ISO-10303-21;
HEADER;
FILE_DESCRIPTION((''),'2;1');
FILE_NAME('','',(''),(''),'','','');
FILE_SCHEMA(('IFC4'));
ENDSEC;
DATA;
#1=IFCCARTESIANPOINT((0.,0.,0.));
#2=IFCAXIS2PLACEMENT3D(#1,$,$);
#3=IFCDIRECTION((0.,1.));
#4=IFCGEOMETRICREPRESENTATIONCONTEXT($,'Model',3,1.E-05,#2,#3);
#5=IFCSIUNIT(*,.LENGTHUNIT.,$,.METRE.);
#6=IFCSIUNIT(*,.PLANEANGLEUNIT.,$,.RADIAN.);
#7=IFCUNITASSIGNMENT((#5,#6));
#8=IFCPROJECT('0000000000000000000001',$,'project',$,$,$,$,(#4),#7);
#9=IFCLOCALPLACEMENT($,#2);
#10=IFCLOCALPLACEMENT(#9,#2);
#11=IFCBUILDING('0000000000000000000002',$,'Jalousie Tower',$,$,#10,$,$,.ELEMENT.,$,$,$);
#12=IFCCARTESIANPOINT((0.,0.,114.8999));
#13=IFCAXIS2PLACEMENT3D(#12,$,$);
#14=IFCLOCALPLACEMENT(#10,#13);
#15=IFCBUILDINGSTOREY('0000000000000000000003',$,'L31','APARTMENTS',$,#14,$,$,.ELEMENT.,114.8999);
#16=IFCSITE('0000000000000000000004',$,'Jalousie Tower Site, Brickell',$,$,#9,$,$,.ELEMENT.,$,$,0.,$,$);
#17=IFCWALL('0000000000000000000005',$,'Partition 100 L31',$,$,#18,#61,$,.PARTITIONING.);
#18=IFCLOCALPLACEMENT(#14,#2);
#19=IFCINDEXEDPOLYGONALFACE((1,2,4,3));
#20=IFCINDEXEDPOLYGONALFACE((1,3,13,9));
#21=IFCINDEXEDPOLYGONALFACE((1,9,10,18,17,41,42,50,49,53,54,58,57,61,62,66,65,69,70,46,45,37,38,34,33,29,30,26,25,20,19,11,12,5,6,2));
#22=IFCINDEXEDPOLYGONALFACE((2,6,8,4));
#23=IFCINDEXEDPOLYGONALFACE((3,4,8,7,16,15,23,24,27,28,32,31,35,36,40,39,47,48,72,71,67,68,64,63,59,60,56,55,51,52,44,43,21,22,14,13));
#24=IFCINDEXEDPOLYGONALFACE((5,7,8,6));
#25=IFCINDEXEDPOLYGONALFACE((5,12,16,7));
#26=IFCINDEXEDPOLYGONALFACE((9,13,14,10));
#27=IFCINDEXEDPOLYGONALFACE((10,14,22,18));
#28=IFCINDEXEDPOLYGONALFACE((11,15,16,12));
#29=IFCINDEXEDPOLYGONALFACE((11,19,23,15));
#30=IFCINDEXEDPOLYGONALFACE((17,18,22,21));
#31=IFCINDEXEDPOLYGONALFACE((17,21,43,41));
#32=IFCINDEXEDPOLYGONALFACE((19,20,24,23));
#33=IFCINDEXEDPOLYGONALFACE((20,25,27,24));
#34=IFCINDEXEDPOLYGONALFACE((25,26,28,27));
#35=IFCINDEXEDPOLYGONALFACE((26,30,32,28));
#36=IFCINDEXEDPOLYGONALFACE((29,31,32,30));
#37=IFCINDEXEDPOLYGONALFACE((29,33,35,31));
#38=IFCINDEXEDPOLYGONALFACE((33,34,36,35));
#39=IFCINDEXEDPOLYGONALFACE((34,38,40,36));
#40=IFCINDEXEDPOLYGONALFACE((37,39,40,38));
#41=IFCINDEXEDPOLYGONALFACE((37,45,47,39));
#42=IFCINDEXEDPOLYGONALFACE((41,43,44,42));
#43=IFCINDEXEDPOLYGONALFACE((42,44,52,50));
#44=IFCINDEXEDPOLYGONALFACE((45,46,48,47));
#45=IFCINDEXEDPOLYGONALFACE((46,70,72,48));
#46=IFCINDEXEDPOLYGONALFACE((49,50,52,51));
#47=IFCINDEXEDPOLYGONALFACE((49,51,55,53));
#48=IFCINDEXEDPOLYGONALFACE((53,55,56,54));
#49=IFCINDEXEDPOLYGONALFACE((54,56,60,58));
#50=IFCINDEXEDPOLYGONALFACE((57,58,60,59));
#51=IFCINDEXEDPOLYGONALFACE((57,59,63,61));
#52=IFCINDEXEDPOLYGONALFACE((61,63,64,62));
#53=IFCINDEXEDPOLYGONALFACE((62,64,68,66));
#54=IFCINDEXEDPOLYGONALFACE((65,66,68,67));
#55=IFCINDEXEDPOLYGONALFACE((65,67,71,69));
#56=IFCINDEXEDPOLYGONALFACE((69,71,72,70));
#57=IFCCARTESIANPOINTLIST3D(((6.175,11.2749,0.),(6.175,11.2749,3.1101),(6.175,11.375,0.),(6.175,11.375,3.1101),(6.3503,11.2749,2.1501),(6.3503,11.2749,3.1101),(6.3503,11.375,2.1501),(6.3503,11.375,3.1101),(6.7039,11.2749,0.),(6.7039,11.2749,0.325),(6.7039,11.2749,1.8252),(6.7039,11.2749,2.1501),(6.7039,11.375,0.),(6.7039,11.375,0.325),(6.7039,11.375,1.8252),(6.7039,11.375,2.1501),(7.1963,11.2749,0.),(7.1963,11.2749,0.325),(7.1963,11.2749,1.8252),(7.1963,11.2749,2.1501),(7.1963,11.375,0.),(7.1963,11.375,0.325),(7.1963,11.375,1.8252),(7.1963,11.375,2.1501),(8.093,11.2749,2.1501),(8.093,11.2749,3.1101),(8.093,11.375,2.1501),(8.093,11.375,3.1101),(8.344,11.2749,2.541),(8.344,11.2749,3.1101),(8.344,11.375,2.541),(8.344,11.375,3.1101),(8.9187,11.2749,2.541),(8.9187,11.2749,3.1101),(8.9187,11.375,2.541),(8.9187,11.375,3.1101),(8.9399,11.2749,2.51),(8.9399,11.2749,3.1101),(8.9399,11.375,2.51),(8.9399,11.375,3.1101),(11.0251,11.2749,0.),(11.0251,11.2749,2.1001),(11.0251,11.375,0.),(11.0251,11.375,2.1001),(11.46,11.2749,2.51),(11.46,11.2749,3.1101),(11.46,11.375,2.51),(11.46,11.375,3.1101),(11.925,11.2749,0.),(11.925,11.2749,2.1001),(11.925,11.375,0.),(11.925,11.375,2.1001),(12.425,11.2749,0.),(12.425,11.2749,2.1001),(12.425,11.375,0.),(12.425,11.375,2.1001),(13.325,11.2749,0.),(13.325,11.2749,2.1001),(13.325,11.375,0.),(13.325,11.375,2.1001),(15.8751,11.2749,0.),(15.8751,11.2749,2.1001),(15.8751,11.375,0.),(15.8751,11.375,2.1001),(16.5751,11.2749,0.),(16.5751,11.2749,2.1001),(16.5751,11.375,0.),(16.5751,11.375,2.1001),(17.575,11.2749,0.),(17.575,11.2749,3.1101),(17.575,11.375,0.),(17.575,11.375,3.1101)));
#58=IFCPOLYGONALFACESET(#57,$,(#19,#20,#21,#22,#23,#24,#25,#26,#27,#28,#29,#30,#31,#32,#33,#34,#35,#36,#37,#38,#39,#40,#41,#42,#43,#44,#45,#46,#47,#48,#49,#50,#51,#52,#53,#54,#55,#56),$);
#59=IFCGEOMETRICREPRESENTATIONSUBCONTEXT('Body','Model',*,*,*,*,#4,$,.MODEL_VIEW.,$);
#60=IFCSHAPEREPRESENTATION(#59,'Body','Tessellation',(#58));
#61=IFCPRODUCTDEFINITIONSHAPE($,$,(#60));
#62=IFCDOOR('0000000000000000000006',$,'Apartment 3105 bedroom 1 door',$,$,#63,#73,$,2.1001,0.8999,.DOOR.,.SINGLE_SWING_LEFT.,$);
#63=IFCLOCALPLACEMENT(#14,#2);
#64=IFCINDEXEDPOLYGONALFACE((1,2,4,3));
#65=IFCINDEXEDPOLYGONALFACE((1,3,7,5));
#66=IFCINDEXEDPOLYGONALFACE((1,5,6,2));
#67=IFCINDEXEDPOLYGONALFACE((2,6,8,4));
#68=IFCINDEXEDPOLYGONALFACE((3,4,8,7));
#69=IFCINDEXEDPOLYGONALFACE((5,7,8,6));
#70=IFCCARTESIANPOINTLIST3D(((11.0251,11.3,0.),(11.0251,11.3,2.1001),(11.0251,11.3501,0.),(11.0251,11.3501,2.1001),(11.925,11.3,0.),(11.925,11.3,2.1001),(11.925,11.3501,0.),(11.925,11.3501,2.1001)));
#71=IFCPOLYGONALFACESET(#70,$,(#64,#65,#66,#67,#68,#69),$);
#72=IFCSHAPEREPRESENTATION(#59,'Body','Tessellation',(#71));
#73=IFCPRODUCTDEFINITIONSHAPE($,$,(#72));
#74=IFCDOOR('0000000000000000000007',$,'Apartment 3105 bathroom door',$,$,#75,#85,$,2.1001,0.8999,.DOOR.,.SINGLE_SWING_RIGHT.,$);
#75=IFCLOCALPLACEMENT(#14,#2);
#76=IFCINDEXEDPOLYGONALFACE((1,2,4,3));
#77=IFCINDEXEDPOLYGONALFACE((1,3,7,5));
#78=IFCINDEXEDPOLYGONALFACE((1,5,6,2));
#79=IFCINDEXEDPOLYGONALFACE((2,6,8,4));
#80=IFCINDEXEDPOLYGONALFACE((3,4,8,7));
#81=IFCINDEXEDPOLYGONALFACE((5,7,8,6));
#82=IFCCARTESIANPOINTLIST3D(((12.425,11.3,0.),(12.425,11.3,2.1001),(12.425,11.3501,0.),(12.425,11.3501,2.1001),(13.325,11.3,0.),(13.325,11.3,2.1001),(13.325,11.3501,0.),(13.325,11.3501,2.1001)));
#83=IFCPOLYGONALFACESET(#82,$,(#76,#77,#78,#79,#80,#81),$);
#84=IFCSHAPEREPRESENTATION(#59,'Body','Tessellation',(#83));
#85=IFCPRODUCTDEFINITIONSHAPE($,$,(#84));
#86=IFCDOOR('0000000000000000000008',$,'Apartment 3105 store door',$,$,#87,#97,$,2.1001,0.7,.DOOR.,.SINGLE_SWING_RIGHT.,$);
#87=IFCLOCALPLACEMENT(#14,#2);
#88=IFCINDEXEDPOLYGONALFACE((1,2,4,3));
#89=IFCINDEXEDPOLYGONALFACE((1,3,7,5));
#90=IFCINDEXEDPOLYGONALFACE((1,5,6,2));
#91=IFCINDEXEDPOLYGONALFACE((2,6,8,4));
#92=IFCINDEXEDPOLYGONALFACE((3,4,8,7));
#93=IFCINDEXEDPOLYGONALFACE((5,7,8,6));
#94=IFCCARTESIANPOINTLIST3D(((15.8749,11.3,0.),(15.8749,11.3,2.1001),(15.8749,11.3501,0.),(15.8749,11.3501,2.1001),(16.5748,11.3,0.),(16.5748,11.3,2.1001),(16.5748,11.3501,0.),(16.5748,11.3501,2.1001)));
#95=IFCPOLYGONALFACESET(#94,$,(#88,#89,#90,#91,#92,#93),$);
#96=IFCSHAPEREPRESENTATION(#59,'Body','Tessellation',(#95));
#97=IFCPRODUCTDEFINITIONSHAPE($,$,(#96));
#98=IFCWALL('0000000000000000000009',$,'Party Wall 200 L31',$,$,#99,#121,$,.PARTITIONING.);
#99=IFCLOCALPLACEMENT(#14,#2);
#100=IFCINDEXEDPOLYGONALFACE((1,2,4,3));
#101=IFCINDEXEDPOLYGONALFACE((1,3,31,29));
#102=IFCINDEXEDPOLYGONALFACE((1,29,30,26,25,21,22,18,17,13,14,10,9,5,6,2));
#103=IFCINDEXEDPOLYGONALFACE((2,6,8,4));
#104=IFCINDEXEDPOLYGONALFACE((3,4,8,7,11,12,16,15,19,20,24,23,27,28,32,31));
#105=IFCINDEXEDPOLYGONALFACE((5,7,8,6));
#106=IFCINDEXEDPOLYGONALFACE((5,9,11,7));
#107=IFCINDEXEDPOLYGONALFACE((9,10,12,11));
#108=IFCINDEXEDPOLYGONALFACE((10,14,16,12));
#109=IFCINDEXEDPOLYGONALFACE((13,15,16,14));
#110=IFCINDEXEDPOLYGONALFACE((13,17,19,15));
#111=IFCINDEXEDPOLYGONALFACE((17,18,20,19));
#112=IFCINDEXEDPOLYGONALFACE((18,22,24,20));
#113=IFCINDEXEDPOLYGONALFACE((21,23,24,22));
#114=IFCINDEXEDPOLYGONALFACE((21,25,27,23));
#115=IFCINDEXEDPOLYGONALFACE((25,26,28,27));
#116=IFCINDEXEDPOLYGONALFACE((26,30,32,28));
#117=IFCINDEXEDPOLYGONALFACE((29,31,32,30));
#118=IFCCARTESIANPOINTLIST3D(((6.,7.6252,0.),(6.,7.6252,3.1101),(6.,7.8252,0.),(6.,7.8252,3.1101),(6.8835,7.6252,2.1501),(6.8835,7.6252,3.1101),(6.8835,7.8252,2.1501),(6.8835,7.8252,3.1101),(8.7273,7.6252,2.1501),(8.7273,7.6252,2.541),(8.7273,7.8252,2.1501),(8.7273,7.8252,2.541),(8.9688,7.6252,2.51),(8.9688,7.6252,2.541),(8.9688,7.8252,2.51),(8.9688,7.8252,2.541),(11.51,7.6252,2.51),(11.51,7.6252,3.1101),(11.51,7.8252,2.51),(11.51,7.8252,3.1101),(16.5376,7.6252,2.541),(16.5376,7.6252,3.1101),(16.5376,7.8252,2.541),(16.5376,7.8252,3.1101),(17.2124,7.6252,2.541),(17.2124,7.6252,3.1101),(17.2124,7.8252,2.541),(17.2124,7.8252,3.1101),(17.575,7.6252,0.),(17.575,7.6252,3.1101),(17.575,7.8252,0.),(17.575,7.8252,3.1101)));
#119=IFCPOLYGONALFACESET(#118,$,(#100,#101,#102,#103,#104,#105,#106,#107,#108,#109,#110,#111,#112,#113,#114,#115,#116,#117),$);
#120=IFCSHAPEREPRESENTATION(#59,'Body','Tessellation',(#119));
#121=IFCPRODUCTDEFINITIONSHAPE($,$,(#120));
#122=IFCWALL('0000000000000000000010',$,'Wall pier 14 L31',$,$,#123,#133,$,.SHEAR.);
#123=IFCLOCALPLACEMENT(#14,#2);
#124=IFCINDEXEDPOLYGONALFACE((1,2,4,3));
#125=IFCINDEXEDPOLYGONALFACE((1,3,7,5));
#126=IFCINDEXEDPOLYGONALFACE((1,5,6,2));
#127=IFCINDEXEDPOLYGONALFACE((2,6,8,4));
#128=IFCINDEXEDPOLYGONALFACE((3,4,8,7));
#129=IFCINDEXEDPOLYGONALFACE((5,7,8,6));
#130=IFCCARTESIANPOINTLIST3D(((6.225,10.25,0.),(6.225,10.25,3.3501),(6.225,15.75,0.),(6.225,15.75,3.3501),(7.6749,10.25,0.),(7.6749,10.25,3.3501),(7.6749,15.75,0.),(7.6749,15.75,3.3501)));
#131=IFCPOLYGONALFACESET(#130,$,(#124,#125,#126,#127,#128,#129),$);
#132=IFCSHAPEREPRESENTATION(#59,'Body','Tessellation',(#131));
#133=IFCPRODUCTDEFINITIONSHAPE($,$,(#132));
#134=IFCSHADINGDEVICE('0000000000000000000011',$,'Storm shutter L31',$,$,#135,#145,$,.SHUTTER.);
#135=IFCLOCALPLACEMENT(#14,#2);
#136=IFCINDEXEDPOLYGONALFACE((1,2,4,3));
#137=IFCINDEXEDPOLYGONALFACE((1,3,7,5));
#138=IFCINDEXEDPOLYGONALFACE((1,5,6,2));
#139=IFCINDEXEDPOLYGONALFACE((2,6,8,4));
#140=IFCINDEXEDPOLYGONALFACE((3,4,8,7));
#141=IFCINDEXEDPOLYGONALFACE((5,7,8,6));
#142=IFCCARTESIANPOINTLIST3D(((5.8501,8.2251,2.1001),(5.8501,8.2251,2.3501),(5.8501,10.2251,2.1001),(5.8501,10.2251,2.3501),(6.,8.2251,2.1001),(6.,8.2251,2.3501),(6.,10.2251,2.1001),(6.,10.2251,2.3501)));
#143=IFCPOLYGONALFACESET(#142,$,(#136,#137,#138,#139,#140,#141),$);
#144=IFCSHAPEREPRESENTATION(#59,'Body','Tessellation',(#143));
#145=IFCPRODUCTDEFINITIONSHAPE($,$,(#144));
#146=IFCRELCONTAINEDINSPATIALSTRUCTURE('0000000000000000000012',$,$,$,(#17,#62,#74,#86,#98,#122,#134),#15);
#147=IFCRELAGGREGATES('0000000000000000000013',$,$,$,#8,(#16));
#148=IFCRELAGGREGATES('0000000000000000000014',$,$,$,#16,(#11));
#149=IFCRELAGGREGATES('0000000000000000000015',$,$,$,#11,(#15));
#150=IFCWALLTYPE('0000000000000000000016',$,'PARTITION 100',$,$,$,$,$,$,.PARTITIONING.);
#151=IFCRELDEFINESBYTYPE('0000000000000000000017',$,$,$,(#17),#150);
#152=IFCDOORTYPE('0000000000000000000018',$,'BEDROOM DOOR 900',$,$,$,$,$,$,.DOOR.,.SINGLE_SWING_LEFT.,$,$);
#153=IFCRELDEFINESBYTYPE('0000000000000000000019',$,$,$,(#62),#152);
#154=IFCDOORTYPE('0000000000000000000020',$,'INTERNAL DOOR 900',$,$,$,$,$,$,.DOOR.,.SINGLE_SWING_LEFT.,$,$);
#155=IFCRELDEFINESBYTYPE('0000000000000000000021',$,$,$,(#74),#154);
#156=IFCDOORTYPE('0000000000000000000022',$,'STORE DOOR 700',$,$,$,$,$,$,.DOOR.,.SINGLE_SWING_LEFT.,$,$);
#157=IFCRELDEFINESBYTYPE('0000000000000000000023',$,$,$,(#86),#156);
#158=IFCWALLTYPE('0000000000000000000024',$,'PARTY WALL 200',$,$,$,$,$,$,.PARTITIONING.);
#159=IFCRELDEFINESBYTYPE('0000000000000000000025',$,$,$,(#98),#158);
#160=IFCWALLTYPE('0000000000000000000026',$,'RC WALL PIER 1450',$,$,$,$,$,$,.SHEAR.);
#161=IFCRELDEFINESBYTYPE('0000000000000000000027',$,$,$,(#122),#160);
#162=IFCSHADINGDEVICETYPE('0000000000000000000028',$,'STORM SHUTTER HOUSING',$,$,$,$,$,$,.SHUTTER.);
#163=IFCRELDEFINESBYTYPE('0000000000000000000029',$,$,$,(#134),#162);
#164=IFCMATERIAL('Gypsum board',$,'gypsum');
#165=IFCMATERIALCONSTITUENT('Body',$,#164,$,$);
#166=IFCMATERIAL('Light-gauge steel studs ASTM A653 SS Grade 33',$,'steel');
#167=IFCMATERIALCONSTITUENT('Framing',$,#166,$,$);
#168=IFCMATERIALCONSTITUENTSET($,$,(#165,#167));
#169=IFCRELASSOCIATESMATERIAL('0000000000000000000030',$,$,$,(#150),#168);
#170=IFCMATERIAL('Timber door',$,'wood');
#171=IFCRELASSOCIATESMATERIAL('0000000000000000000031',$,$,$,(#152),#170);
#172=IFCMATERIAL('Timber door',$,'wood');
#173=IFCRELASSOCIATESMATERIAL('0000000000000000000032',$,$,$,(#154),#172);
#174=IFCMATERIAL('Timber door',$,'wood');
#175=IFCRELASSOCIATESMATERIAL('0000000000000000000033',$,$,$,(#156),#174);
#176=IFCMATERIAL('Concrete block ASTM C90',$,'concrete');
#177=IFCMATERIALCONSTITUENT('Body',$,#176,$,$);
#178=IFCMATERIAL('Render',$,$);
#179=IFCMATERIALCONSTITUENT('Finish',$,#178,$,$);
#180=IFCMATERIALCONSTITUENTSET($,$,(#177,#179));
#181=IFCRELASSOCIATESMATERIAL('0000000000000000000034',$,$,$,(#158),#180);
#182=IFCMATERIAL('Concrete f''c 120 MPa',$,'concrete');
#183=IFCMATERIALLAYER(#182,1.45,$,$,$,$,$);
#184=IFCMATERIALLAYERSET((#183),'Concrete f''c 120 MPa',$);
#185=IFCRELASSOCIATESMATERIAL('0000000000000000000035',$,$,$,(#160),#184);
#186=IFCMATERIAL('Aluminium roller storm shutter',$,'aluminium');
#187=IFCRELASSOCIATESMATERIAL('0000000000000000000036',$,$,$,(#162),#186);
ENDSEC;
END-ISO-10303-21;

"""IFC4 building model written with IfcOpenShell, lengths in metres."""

from ifc_helpers import new_model, si_unit, direction, frame, frame_2d, origin, origin_2d, place, context, subcontext, project, spatial, polyline, rectangle, outline, extrude, material, layer, layer_set, constituent, constituent_set, type_object, element, fill, save


model = new_model("IFC4")

# Units and contexts
model_context = context("Model", 3, precision=1e-05, world=origin(), true_north=direction((0.0, 1.0)))
body_context = subcontext(model_context, "Body", "Model", "MODEL_VIEW")
ifc_project = project(units=[si_unit("LENGTHUNIT", "METRE"), si_unit("PLANEANGLEUNIT", "RADIAN")], contexts=[model_context])

# Site, building, storey
site_placement = place(None, origin())
site = spatial("IfcSite", under=ifc_project, at=site_placement, Name="Jalousie Tower Site, Brickell", CompositionType="ELEMENT", RefElevation=0.0)
building_placement = place(site_placement, origin())
building = spatial("IfcBuilding", under=site, at=building_placement, Name="Jalousie Tower", CompositionType="ELEMENT")
storey_placement = place(building_placement, frame((0.0, 0.0, 114.8999)))
storey = spatial("IfcBuildingStorey", under=building, at=storey_placement, Name="L31", Description="APARTMENTS", CompositionType="ELEMENT", Elevation=114.8999)

# Shared definitions
ifc_material_1 = material(Name="Gypsum board", Category="gypsum")
ifc_constituent_1 = constituent(ifc_material_1, Name="Body")
ifc_material_2 = material(Name="Light-gauge steel studs ASTM A653 SS Grade 33", Category="steel")
ifc_constituent_2 = constituent(ifc_material_2, Name="Framing")
ifc_constituent_set_1 = constituent_set(constituents=[ifc_constituent_1, ifc_constituent_2])
wall_type_1 = type_object("IfcWallType", Name="PARTITION 100", PredefinedType="PARTITIONING", material=ifc_constituent_set_1)

# Wall, openings, doors
wall_1_placement = place(storey_placement, frame((6.175, 11.325, 0.0), z_axis=(0.0, 0.0, 1.0), x_axis=(1.0, 0.0, 0.0)))
wall_1 = element("IfcWall", 1, at=wall_1_placement, inside=storey, type_object=wall_type_1, Name="Partition 100 L31", PredefinedType="PARTITIONING", context=body_context, shape_type="SweptSolid", body=[
    extrude(outline(polyline([(0.1753, 3.1101), (0.0, 3.1101), (0.0, 0.0), (0.5288, 0.0), (0.5288, 0.325), (1.0212, 0.325), (1.0212, 0.0), (11.3999, 0.0), (11.3999, 3.1101), (5.2849, 3.1101), (5.2849, 2.51), (2.7649, 2.51), (2.7649, 3.1101), (2.7437, 3.1101), (2.7437, 2.541), (2.1689, 2.541), (2.1689, 3.1101), (1.918, 3.1101), (1.918, 2.1501), (1.0212, 2.1501), (1.0212, 1.8252), (0.5288, 1.8252), (0.5288, 2.1501), (0.1753, 2.1501), (0.1753, 3.1101)])), frame((0.0, 0.05, 0.0), z_axis=(0.0, -1.0, 0.0), x_axis=(1.0, 0.0, 0.0)), (0.0, 0.0, 1.0), 0.1001),
])
opening_1_placement = place(wall_1_placement, frame((4.8501, 0.0, 0.0)))
opening_1 = element("IfcOpeningElement", 2, at=opening_1_placement, cuts=wall_1, PredefinedType="OPENING", context=body_context, shape_type="SweptSolid", body=[
    extrude(rectangle(XDim=0.8999, YDim=2.1001, at=frame_2d((0.45, 1.05))), frame((0.0, 0.0601, 0.0), z_axis=(0.0, -1.0, 0.0), x_axis=(1.0, 0.0, 0.0)), (0.0, 0.0, 1.0), 0.1201),
])
opening_2_placement = place(wall_1_placement, frame((6.25, 0.0, 0.0)))
opening_2 = element("IfcOpeningElement", 3, at=opening_2_placement, cuts=wall_1, PredefinedType="OPENING", context=body_context, shape_type="SweptSolid", body=[
    extrude(rectangle(XDim=0.8999, YDim=2.1001, at=frame_2d((0.45, 1.05))), frame((0.0, 0.0601, 0.0), z_axis=(0.0, -1.0, 0.0), x_axis=(1.0, 0.0, 0.0)), (0.0, 0.0, 1.0), 0.1201),
])
opening_3_placement = place(wall_1_placement, frame((9.7, 0.0, 0.0)))
opening_3 = element("IfcOpeningElement", 4, at=opening_3_placement, cuts=wall_1, PredefinedType="OPENING", context=body_context, shape_type="SweptSolid", body=[
    extrude(rectangle(XDim=0.7, YDim=2.1001, at=frame_2d((0.3501, 1.05))), frame((0.0, 0.0601, 0.0), z_axis=(0.0, -1.0, 0.0), x_axis=(1.0, 0.0, 0.0)), (0.0, 0.0, 1.0), 0.1201),
])
ifc_material_3 = material(Name="Timber door", Category="wood")
door_type_1 = type_object("IfcDoorType", Name="BEDROOM DOOR 900", OperationType="SINGLE_SWING_LEFT", PredefinedType="DOOR", material=ifc_material_3)
door_1_placement = place(opening_1_placement, frame((0.8999, 0.0, 0.0), z_axis=(0.0, 0.0, 1.0), x_axis=(-1.0, 0.0, 0.0)))
door_1 = element("IfcDoor", 5, at=door_1_placement, inside=storey, type_object=door_type_1, Name="Apartment 3105 bedroom 1 door", OperationType="SINGLE_SWING_LEFT", OverallHeight=2.1001, OverallWidth=0.8999, PredefinedType="DOOR", context=body_context, shape_type="SweptSolid", body=[
    extrude(rectangle(XDim=0.8999, YDim=2.1001, at=frame_2d((0.45, 1.05))), frame((0.0, 0.0249, 0.0), z_axis=(0.0, -1.0, 0.0), x_axis=(1.0, 0.0, 0.0)), (0.0, 0.0, 1.0), 0.05),
])
fill(opening_1, door_1)
ifc_material_4 = material(Name="Timber door", Category="wood")
door_type_2 = type_object("IfcDoorType", Name="INTERNAL DOOR 900", OperationType="SINGLE_SWING_LEFT", PredefinedType="DOOR", material=ifc_material_4)
door_2_placement = place(opening_2_placement, frame((0.8999, 0.0, 0.0), z_axis=(0.0, 0.0, 1.0), x_axis=(-1.0, 0.0, 0.0)))
door_2 = element("IfcDoor", 6, at=door_2_placement, inside=storey, type_object=door_type_2, Name="Apartment 3105 bathroom door", OperationType="SINGLE_SWING_RIGHT", OverallHeight=2.1001, OverallWidth=0.8999, PredefinedType="DOOR", context=body_context, shape_type="SweptSolid", body=[
    extrude(rectangle(XDim=0.8999, YDim=2.1001, at=frame_2d((0.45, 1.05))), frame((0.0, 0.0249, 0.0), z_axis=(0.0, -1.0, 0.0), x_axis=(1.0, 0.0, 0.0)), (0.0, 0.0, 1.0), 0.05),
])
fill(opening_2, door_2)
ifc_material_5 = material(Name="Timber door", Category="wood")
door_type_3 = type_object("IfcDoorType", Name="STORE DOOR 700", OperationType="SINGLE_SWING_LEFT", PredefinedType="DOOR", material=ifc_material_5)
door_3_placement = place(opening_3_placement, frame((0.7, 0.0, 0.0), z_axis=(0.0, 0.0, 1.0), x_axis=(-1.0, 0.0, 0.0)))
door_3 = element("IfcDoor", 7, at=door_3_placement, inside=storey, type_object=door_type_3, Name="Apartment 3105 store door", OperationType="SINGLE_SWING_RIGHT", OverallHeight=2.1001, OverallWidth=0.7, PredefinedType="DOOR", context=body_context, shape_type="SweptSolid", body=[
    extrude(rectangle(XDim=0.7, YDim=2.1001, at=frame_2d((0.3501, 1.05))), frame((0.0, 0.0249, 0.0), z_axis=(0.0, -1.0, 0.0), x_axis=(1.0, 0.0, 0.0)), (0.0, 0.0, 1.0), 0.05),
])
fill(opening_3, door_3)

# Walls
ifc_material_6 = material(Name="Concrete block ASTM C90", Category="concrete")
ifc_constituent_3 = constituent(ifc_material_6, Name="Body")
ifc_material_7 = material(Name="Render")
ifc_constituent_4 = constituent(ifc_material_7, Name="Finish")
ifc_constituent_set_2 = constituent_set(constituents=[ifc_constituent_3, ifc_constituent_4])
wall_type_2 = type_object("IfcWallType", Name="PARTY WALL 200", PredefinedType="PARTITIONING", material=ifc_constituent_set_2)
wall_2_placement = place(storey_placement, frame((6.0, 7.7251, 0.0), z_axis=(0.0, 0.0, 1.0), x_axis=(1.0, 0.0, 0.0)))
element("IfcWall", 8, at=wall_2_placement, inside=storey, type_object=wall_type_2, Name="Party Wall 200 L31", PredefinedType="PARTITIONING", context=body_context, shape_type="SweptSolid", body=[
    extrude(outline(polyline([(0.0, 0.0), (11.575, 0.0), (11.575, 3.1101), (11.2124, 3.1101), (11.2124, 2.541), (10.5376, 2.541), (10.5376, 3.1101), (5.51, 3.1101), (5.51, 2.51), (2.9688, 2.51), (2.9688, 2.541), (2.7273, 2.541), (2.7273, 2.1501), (0.8835, 2.1501), (0.8835, 3.1101), (0.0, 3.1101), (0.0, 0.0)])), frame((0.0, 0.1001, 0.0), z_axis=(0.0, -1.0, 0.0), x_axis=(1.0, 0.0, 0.0)), (0.0, 0.0, 1.0), 0.2),
])
ifc_material_8 = material(Name="Concrete f'c 120 MPa", Category="concrete")
ifc_layer_1 = layer(ifc_material_8, 1.45)
ifc_layer_set_1 = layer_set([ifc_layer_1], Name="Concrete f'c 120 MPa")
wall_type_3 = type_object("IfcWallType", Name="RC WALL PIER 1450", PredefinedType="SHEAR", material=ifc_layer_set_1)
wall_3_placement = place(storey_placement, frame((6.95, 10.25, 0.0), z_axis=(0.0, 0.0, 1.0), x_axis=(0.0, 1.0, 0.0)))
element("IfcWall", 9, at=wall_3_placement, inside=storey, type_object=wall_type_3, Name="Wall pier 14 L31", PredefinedType="SHEAR", context=body_context, shape_type="SweptSolid", body=[
    extrude(rectangle(XDim=5.5, YDim=1.45, at=frame_2d((2.75, 0.0))), origin(), (0.0, 0.0, 1.0), 3.3501),
])

# Shading device
ifc_material_9 = material(Name="Aluminium roller storm shutter", Category="aluminium")
shading_device_type = type_object("IfcShadingDeviceType", Name="STORM SHUTTER HOUSING", PredefinedType="SHUTTER", material=ifc_material_9)
shading_device_placement = place(storey_placement, frame((5.925, 9.2251, 2.1001), z_axis=(0.0, 0.0, 1.0), x_axis=(0.0, -1.0, 0.0)))
element("IfcShadingDevice", 10, at=shading_device_placement, inside=storey, type_object=shading_device_type, Name="Storm shutter L31", PredefinedType="SHUTTER", context=body_context, shape_type="SweptSolid", body=[
    extrude(rectangle(XDim=2.0, YDim=0.1499, at=origin_2d()), origin(), (0.0, 0.0, 1.0), 0.25),
])

save(model, "model.ifc")
